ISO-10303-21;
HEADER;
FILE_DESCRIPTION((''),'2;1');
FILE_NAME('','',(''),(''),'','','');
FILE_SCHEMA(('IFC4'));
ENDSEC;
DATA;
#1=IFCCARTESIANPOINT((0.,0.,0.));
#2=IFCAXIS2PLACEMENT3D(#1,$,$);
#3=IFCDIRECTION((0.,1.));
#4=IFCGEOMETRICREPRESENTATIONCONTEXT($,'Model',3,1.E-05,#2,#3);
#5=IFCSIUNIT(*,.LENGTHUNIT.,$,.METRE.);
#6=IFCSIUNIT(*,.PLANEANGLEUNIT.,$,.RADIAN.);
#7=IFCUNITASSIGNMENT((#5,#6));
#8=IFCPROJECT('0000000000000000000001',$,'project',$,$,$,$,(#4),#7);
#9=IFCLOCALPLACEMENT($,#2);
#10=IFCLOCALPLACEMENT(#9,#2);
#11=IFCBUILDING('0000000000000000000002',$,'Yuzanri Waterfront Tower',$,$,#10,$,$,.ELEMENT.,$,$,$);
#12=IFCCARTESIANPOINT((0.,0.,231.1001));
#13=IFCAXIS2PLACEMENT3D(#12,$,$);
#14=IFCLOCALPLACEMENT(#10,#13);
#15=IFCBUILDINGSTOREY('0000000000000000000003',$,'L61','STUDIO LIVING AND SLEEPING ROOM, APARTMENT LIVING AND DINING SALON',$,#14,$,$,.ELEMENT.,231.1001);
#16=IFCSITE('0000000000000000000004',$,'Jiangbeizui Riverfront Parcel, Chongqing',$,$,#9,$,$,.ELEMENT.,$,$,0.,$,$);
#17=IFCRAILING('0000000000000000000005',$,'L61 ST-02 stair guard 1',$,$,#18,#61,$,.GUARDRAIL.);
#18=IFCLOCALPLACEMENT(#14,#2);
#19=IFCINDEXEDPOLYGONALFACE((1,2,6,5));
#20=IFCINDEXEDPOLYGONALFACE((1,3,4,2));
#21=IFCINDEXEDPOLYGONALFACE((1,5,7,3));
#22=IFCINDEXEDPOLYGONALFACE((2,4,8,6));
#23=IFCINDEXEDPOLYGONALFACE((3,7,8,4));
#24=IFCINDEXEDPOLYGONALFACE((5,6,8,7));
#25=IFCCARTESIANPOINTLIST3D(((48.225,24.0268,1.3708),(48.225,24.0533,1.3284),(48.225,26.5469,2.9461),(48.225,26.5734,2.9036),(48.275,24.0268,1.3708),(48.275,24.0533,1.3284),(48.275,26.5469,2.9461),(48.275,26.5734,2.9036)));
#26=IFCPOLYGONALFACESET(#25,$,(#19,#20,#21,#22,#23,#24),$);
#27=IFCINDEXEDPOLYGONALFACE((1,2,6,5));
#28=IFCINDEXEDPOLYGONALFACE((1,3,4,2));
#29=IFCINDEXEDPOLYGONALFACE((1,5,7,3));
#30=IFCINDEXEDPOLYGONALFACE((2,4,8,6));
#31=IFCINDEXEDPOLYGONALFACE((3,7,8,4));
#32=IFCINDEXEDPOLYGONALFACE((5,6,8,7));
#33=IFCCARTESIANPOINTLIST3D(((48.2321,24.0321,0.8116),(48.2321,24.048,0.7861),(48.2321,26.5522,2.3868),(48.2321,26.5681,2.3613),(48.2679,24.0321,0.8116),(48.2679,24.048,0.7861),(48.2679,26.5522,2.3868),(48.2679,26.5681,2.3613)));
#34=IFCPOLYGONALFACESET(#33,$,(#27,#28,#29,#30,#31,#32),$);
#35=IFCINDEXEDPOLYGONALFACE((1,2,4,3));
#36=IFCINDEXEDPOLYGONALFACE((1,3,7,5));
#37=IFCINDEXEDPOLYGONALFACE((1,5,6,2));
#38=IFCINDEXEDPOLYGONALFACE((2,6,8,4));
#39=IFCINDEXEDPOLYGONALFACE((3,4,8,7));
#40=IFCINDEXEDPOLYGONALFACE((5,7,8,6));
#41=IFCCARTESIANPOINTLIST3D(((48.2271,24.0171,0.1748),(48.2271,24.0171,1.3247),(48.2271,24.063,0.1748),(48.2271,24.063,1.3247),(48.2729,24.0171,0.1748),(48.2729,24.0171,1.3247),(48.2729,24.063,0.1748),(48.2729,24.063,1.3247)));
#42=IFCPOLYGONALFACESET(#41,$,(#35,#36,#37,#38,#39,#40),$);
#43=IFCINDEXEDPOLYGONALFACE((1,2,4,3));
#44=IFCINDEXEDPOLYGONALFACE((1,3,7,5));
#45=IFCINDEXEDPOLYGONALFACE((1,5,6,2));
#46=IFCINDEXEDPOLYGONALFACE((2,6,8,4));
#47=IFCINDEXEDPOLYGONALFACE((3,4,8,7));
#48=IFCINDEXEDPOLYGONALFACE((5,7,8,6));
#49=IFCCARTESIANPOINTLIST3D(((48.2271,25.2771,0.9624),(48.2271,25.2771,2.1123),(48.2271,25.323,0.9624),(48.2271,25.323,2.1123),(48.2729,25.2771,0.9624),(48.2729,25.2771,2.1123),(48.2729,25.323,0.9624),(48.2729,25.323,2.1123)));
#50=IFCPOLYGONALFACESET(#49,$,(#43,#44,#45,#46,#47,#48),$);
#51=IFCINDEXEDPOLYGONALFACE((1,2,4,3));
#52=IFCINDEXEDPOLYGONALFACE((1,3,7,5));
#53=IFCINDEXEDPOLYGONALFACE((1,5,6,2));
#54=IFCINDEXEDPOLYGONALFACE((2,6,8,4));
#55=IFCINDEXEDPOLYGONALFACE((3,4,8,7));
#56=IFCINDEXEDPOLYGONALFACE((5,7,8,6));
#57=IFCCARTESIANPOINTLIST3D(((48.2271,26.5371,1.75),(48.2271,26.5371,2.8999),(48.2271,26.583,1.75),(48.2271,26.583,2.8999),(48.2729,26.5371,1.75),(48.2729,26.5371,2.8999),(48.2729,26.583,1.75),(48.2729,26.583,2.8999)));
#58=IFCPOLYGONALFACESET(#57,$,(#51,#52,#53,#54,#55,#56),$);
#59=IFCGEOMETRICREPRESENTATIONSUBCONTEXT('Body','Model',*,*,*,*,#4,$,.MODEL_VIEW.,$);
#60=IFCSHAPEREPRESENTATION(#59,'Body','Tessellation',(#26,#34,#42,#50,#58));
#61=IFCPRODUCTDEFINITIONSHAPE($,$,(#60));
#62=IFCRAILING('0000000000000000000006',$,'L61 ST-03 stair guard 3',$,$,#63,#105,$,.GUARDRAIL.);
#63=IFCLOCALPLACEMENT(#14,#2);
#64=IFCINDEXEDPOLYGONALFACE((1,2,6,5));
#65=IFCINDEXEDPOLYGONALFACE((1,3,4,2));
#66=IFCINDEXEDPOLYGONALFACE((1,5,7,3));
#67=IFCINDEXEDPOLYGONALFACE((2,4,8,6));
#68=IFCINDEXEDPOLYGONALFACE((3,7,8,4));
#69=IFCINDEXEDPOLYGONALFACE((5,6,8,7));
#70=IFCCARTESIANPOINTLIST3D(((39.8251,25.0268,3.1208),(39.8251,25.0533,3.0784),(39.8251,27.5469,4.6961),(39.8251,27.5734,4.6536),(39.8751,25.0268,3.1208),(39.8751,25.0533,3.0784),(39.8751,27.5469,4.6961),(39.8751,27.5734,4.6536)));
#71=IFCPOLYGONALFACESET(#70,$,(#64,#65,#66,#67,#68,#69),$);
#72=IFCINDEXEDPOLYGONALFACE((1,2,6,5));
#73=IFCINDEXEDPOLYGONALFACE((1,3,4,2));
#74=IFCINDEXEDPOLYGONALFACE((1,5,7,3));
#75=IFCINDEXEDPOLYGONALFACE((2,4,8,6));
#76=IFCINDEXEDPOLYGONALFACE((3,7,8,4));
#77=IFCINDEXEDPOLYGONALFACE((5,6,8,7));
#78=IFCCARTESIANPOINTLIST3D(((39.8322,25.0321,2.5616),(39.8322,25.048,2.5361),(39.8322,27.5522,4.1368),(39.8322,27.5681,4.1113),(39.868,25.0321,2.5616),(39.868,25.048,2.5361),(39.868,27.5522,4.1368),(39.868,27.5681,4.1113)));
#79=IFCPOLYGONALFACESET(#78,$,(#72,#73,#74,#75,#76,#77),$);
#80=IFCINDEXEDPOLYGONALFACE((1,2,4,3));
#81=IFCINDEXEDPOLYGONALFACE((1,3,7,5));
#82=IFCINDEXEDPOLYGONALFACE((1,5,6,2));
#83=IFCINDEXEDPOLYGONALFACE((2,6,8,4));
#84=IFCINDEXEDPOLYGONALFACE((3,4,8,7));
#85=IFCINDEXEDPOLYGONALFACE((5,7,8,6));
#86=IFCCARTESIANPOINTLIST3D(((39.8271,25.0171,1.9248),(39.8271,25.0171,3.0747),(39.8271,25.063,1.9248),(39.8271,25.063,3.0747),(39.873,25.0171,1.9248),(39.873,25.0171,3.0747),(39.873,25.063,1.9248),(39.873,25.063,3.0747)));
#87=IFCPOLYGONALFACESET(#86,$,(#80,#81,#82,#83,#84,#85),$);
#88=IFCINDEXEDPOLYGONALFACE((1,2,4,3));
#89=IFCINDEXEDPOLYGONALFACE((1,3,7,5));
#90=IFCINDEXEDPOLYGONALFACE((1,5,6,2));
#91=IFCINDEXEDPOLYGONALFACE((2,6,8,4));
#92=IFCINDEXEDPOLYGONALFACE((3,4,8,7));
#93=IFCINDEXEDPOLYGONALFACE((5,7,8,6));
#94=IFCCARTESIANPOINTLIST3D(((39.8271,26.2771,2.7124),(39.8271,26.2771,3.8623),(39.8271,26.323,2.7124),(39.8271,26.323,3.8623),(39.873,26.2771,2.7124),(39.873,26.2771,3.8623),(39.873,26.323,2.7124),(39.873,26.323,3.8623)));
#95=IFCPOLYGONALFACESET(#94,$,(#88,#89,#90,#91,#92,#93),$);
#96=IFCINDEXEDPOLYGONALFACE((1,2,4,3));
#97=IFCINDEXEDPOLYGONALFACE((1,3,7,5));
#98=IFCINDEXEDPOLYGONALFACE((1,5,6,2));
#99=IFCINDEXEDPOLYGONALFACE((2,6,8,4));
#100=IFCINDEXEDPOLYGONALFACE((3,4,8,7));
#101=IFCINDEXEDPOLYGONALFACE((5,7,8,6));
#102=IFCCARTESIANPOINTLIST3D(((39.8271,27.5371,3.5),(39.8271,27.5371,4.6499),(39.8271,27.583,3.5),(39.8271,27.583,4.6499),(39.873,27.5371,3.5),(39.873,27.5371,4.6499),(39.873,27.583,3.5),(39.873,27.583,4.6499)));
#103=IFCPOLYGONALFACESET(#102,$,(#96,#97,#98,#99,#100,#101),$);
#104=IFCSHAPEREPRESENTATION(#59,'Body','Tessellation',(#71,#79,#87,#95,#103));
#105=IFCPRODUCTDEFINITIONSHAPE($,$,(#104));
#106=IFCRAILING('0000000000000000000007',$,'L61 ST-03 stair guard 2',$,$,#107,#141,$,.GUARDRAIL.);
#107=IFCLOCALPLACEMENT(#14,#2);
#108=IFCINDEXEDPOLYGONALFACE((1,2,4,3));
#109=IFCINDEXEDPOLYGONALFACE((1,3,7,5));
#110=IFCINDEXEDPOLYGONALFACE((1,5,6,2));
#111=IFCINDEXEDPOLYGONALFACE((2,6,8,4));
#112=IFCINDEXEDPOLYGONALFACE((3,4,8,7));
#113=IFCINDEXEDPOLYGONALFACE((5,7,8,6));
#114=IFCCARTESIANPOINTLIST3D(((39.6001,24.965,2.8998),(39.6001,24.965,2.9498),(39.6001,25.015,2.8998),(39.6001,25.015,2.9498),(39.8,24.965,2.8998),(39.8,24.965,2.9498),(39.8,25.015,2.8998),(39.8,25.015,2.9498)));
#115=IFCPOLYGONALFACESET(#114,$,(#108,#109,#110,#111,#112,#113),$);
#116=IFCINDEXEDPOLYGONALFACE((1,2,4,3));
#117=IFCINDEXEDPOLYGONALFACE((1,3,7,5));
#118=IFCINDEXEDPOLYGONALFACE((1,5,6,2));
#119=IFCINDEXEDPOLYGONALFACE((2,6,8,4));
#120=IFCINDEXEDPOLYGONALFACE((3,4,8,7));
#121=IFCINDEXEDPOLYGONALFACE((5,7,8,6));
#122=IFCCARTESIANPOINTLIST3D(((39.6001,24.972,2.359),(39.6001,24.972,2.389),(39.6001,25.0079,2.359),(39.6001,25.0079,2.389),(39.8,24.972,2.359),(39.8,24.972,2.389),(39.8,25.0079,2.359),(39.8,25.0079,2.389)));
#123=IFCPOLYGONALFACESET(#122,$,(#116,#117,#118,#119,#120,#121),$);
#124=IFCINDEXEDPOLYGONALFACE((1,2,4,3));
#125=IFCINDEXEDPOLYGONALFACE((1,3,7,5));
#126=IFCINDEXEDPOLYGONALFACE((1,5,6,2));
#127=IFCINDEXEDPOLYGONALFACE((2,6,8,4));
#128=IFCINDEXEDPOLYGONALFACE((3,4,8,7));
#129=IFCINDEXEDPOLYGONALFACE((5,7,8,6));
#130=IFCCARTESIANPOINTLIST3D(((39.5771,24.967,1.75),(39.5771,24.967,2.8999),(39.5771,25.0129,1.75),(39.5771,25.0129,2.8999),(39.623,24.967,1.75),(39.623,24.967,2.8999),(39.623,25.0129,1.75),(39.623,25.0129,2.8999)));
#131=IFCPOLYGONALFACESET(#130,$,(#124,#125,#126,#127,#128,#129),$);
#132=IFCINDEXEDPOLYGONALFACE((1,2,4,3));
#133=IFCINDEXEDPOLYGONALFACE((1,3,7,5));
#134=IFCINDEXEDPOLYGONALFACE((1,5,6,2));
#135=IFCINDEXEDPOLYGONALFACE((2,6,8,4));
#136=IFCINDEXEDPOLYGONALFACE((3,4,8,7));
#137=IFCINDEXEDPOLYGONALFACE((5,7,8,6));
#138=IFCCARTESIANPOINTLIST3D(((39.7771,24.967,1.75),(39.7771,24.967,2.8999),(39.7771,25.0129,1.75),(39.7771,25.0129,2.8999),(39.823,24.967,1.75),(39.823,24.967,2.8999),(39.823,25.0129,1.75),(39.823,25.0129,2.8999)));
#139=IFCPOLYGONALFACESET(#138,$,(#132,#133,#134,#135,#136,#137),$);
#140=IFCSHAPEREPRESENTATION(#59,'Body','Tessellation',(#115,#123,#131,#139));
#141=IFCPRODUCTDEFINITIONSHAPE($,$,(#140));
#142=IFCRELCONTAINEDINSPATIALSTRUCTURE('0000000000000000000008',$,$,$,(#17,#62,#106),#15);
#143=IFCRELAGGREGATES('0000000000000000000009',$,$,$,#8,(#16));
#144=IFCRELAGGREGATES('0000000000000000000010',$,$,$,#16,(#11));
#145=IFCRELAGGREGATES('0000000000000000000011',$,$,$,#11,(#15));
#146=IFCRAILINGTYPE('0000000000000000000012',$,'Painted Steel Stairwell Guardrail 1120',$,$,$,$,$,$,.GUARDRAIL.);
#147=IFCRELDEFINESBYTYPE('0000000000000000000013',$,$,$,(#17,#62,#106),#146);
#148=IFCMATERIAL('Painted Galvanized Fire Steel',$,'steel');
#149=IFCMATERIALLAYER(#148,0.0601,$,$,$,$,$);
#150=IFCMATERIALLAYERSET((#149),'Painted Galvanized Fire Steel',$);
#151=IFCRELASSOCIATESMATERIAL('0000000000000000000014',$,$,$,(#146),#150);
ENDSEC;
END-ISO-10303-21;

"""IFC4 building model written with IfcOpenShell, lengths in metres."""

from ifc_helpers import new_model, si_unit, direction, frame, origin, origin_2d, place, context, subcontext, project, spatial, rectangle, extrude, source, transform, mapped, material, layer, layer_set, type_object, element, save


model = new_model("IFC4")

# Units and contexts
model_context = context("Model", 3, precision=1e-05, world=origin(), true_north=direction((0.0, 1.0)))
body_context = subcontext(model_context, "Body", "Model", "MODEL_VIEW")
ifc_project = project(units=[si_unit("LENGTHUNIT", "METRE"), si_unit("PLANEANGLEUNIT", "RADIAN")], contexts=[model_context])

# Site, building, storey
site_placement = place(None, origin())
site = spatial("IfcSite", under=ifc_project, at=site_placement, Name="Jiangbeizui Riverfront Parcel, Chongqing", CompositionType="ELEMENT", RefElevation=0.0)
building_placement = place(site_placement, origin())
building = spatial("IfcBuilding", under=site, at=building_placement, Name="Yuzanri Waterfront Tower", CompositionType="ELEMENT")
storey_placement = place(building_placement, frame((0.0, 0.0, 231.1001)))
storey = spatial("IfcBuildingStorey", under=building, at=storey_placement, Name="L61", Description="STUDIO LIVING AND SLEEPING ROOM, APARTMENT LIVING AND DINING SALON", CompositionType="ELEMENT", Elevation=231.1001)

# Railings
ifc_material_1 = material(Name="Painted Galvanized Fire Steel", Category="steel")
ifc_layer_1 = layer(ifc_material_1, 0.0601)
ifc_layer_set_1 = layer_set([ifc_layer_1], Name="Painted Galvanized Fire Steel")
railing_type = type_object("IfcRailingType", Name="Painted Steel Stairwell Guardrail 1120", PredefinedType="GUARDRAIL", material=ifc_layer_set_1)
shared_shape_1 = source(origin(), body_context, "Body", "SweptSolid", [
    extrude(rectangle(XDim=0.05, YDim=0.05, at=origin_2d()), frame((0.0, 0.0, 1.1748), z_axis=(0.0, 0.847971, 0.530043), x_axis=(-1.0, 0.0, 0.0)), (0.0, 0.0, 1.0), 2.9719),
    extrude(rectangle(XDim=0.0359, YDim=0.03, at=origin_2d()), frame((0.0, 0.0, 0.624), z_axis=(0.0, 0.847971, 0.530043), x_axis=(-1.0, 0.0, 0.0)), (0.0, 0.0, 1.0), 2.9719),
    extrude(rectangle(XDim=0.0459, YDim=0.0459, at=origin_2d()), origin(), (0.0, 0.0, 1.0), 1.1499),
    extrude(rectangle(XDim=0.0459, YDim=0.0459, at=origin_2d()), frame((0.0, 1.26, 0.7876)), (0.0, 0.0, 1.0), 1.1499),
    extrude(rectangle(XDim=0.0459, YDim=0.0459, at=origin_2d()), frame((0.0, 2.52, 1.5752)), (0.0, 0.0, 1.0), 1.1499),
])
for number, where, name in (
    (1, (48.25, 24.04, 0.1748), "L61 ST-02 stair guard 1"),
    (2, (39.8501, 25.04, 1.9248), "L61 ST-03 stair guard 3"),
):
    element("IfcRailing", number, at=place(storey_placement, frame(where)), inside=storey, type_object=railing_type, Name=name, PredefinedType="GUARDRAIL", context=body_context, shape_type="MappedRepresentation", body=[
        mapped(shared_shape_1, transform((0.0, 0.0, 0.0), scale=1.0)),
    ])
shared_shape_2 = source(origin(), body_context, "Body", "SweptSolid", [
    extrude(rectangle(XDim=0.05, YDim=0.05, at=origin_2d()), frame((0.0, 0.0, 1.1748), z_axis=(1.0, 0.0, 0.0), x_axis=(0.0, 1.0, 0.0)), (0.0, 0.0, 1.0), 0.2),
    extrude(rectangle(XDim=0.0359, YDim=0.03, at=origin_2d()), frame((0.0, 0.0, 0.624), z_axis=(1.0, 0.0, 0.0), x_axis=(0.0, 1.0, 0.0)), (0.0, 0.0, 1.0), 0.2),
    extrude(rectangle(XDim=0.0459, YDim=0.0459, at=origin_2d()), origin(), (0.0, 0.0, 1.0), 1.1499),
    extrude(rectangle(XDim=0.0459, YDim=0.0459, at=origin_2d()), frame((0.2, 0.0, 0.0)), (0.0, 0.0, 1.0), 1.1499),
])
railing_1_placement = place(storey_placement, frame((39.6001, 24.99, 1.75)))
element("IfcRailing", 3, at=railing_1_placement, inside=storey, type_object=railing_type, Name="L61 ST-03 stair guard 2", PredefinedType="GUARDRAIL", context=body_context, shape_type="MappedRepresentation", body=[
    mapped(shared_shape_2, transform((0.0, 0.0, 0.0), scale=1.0)),
])

save(model, "model.ifc")
